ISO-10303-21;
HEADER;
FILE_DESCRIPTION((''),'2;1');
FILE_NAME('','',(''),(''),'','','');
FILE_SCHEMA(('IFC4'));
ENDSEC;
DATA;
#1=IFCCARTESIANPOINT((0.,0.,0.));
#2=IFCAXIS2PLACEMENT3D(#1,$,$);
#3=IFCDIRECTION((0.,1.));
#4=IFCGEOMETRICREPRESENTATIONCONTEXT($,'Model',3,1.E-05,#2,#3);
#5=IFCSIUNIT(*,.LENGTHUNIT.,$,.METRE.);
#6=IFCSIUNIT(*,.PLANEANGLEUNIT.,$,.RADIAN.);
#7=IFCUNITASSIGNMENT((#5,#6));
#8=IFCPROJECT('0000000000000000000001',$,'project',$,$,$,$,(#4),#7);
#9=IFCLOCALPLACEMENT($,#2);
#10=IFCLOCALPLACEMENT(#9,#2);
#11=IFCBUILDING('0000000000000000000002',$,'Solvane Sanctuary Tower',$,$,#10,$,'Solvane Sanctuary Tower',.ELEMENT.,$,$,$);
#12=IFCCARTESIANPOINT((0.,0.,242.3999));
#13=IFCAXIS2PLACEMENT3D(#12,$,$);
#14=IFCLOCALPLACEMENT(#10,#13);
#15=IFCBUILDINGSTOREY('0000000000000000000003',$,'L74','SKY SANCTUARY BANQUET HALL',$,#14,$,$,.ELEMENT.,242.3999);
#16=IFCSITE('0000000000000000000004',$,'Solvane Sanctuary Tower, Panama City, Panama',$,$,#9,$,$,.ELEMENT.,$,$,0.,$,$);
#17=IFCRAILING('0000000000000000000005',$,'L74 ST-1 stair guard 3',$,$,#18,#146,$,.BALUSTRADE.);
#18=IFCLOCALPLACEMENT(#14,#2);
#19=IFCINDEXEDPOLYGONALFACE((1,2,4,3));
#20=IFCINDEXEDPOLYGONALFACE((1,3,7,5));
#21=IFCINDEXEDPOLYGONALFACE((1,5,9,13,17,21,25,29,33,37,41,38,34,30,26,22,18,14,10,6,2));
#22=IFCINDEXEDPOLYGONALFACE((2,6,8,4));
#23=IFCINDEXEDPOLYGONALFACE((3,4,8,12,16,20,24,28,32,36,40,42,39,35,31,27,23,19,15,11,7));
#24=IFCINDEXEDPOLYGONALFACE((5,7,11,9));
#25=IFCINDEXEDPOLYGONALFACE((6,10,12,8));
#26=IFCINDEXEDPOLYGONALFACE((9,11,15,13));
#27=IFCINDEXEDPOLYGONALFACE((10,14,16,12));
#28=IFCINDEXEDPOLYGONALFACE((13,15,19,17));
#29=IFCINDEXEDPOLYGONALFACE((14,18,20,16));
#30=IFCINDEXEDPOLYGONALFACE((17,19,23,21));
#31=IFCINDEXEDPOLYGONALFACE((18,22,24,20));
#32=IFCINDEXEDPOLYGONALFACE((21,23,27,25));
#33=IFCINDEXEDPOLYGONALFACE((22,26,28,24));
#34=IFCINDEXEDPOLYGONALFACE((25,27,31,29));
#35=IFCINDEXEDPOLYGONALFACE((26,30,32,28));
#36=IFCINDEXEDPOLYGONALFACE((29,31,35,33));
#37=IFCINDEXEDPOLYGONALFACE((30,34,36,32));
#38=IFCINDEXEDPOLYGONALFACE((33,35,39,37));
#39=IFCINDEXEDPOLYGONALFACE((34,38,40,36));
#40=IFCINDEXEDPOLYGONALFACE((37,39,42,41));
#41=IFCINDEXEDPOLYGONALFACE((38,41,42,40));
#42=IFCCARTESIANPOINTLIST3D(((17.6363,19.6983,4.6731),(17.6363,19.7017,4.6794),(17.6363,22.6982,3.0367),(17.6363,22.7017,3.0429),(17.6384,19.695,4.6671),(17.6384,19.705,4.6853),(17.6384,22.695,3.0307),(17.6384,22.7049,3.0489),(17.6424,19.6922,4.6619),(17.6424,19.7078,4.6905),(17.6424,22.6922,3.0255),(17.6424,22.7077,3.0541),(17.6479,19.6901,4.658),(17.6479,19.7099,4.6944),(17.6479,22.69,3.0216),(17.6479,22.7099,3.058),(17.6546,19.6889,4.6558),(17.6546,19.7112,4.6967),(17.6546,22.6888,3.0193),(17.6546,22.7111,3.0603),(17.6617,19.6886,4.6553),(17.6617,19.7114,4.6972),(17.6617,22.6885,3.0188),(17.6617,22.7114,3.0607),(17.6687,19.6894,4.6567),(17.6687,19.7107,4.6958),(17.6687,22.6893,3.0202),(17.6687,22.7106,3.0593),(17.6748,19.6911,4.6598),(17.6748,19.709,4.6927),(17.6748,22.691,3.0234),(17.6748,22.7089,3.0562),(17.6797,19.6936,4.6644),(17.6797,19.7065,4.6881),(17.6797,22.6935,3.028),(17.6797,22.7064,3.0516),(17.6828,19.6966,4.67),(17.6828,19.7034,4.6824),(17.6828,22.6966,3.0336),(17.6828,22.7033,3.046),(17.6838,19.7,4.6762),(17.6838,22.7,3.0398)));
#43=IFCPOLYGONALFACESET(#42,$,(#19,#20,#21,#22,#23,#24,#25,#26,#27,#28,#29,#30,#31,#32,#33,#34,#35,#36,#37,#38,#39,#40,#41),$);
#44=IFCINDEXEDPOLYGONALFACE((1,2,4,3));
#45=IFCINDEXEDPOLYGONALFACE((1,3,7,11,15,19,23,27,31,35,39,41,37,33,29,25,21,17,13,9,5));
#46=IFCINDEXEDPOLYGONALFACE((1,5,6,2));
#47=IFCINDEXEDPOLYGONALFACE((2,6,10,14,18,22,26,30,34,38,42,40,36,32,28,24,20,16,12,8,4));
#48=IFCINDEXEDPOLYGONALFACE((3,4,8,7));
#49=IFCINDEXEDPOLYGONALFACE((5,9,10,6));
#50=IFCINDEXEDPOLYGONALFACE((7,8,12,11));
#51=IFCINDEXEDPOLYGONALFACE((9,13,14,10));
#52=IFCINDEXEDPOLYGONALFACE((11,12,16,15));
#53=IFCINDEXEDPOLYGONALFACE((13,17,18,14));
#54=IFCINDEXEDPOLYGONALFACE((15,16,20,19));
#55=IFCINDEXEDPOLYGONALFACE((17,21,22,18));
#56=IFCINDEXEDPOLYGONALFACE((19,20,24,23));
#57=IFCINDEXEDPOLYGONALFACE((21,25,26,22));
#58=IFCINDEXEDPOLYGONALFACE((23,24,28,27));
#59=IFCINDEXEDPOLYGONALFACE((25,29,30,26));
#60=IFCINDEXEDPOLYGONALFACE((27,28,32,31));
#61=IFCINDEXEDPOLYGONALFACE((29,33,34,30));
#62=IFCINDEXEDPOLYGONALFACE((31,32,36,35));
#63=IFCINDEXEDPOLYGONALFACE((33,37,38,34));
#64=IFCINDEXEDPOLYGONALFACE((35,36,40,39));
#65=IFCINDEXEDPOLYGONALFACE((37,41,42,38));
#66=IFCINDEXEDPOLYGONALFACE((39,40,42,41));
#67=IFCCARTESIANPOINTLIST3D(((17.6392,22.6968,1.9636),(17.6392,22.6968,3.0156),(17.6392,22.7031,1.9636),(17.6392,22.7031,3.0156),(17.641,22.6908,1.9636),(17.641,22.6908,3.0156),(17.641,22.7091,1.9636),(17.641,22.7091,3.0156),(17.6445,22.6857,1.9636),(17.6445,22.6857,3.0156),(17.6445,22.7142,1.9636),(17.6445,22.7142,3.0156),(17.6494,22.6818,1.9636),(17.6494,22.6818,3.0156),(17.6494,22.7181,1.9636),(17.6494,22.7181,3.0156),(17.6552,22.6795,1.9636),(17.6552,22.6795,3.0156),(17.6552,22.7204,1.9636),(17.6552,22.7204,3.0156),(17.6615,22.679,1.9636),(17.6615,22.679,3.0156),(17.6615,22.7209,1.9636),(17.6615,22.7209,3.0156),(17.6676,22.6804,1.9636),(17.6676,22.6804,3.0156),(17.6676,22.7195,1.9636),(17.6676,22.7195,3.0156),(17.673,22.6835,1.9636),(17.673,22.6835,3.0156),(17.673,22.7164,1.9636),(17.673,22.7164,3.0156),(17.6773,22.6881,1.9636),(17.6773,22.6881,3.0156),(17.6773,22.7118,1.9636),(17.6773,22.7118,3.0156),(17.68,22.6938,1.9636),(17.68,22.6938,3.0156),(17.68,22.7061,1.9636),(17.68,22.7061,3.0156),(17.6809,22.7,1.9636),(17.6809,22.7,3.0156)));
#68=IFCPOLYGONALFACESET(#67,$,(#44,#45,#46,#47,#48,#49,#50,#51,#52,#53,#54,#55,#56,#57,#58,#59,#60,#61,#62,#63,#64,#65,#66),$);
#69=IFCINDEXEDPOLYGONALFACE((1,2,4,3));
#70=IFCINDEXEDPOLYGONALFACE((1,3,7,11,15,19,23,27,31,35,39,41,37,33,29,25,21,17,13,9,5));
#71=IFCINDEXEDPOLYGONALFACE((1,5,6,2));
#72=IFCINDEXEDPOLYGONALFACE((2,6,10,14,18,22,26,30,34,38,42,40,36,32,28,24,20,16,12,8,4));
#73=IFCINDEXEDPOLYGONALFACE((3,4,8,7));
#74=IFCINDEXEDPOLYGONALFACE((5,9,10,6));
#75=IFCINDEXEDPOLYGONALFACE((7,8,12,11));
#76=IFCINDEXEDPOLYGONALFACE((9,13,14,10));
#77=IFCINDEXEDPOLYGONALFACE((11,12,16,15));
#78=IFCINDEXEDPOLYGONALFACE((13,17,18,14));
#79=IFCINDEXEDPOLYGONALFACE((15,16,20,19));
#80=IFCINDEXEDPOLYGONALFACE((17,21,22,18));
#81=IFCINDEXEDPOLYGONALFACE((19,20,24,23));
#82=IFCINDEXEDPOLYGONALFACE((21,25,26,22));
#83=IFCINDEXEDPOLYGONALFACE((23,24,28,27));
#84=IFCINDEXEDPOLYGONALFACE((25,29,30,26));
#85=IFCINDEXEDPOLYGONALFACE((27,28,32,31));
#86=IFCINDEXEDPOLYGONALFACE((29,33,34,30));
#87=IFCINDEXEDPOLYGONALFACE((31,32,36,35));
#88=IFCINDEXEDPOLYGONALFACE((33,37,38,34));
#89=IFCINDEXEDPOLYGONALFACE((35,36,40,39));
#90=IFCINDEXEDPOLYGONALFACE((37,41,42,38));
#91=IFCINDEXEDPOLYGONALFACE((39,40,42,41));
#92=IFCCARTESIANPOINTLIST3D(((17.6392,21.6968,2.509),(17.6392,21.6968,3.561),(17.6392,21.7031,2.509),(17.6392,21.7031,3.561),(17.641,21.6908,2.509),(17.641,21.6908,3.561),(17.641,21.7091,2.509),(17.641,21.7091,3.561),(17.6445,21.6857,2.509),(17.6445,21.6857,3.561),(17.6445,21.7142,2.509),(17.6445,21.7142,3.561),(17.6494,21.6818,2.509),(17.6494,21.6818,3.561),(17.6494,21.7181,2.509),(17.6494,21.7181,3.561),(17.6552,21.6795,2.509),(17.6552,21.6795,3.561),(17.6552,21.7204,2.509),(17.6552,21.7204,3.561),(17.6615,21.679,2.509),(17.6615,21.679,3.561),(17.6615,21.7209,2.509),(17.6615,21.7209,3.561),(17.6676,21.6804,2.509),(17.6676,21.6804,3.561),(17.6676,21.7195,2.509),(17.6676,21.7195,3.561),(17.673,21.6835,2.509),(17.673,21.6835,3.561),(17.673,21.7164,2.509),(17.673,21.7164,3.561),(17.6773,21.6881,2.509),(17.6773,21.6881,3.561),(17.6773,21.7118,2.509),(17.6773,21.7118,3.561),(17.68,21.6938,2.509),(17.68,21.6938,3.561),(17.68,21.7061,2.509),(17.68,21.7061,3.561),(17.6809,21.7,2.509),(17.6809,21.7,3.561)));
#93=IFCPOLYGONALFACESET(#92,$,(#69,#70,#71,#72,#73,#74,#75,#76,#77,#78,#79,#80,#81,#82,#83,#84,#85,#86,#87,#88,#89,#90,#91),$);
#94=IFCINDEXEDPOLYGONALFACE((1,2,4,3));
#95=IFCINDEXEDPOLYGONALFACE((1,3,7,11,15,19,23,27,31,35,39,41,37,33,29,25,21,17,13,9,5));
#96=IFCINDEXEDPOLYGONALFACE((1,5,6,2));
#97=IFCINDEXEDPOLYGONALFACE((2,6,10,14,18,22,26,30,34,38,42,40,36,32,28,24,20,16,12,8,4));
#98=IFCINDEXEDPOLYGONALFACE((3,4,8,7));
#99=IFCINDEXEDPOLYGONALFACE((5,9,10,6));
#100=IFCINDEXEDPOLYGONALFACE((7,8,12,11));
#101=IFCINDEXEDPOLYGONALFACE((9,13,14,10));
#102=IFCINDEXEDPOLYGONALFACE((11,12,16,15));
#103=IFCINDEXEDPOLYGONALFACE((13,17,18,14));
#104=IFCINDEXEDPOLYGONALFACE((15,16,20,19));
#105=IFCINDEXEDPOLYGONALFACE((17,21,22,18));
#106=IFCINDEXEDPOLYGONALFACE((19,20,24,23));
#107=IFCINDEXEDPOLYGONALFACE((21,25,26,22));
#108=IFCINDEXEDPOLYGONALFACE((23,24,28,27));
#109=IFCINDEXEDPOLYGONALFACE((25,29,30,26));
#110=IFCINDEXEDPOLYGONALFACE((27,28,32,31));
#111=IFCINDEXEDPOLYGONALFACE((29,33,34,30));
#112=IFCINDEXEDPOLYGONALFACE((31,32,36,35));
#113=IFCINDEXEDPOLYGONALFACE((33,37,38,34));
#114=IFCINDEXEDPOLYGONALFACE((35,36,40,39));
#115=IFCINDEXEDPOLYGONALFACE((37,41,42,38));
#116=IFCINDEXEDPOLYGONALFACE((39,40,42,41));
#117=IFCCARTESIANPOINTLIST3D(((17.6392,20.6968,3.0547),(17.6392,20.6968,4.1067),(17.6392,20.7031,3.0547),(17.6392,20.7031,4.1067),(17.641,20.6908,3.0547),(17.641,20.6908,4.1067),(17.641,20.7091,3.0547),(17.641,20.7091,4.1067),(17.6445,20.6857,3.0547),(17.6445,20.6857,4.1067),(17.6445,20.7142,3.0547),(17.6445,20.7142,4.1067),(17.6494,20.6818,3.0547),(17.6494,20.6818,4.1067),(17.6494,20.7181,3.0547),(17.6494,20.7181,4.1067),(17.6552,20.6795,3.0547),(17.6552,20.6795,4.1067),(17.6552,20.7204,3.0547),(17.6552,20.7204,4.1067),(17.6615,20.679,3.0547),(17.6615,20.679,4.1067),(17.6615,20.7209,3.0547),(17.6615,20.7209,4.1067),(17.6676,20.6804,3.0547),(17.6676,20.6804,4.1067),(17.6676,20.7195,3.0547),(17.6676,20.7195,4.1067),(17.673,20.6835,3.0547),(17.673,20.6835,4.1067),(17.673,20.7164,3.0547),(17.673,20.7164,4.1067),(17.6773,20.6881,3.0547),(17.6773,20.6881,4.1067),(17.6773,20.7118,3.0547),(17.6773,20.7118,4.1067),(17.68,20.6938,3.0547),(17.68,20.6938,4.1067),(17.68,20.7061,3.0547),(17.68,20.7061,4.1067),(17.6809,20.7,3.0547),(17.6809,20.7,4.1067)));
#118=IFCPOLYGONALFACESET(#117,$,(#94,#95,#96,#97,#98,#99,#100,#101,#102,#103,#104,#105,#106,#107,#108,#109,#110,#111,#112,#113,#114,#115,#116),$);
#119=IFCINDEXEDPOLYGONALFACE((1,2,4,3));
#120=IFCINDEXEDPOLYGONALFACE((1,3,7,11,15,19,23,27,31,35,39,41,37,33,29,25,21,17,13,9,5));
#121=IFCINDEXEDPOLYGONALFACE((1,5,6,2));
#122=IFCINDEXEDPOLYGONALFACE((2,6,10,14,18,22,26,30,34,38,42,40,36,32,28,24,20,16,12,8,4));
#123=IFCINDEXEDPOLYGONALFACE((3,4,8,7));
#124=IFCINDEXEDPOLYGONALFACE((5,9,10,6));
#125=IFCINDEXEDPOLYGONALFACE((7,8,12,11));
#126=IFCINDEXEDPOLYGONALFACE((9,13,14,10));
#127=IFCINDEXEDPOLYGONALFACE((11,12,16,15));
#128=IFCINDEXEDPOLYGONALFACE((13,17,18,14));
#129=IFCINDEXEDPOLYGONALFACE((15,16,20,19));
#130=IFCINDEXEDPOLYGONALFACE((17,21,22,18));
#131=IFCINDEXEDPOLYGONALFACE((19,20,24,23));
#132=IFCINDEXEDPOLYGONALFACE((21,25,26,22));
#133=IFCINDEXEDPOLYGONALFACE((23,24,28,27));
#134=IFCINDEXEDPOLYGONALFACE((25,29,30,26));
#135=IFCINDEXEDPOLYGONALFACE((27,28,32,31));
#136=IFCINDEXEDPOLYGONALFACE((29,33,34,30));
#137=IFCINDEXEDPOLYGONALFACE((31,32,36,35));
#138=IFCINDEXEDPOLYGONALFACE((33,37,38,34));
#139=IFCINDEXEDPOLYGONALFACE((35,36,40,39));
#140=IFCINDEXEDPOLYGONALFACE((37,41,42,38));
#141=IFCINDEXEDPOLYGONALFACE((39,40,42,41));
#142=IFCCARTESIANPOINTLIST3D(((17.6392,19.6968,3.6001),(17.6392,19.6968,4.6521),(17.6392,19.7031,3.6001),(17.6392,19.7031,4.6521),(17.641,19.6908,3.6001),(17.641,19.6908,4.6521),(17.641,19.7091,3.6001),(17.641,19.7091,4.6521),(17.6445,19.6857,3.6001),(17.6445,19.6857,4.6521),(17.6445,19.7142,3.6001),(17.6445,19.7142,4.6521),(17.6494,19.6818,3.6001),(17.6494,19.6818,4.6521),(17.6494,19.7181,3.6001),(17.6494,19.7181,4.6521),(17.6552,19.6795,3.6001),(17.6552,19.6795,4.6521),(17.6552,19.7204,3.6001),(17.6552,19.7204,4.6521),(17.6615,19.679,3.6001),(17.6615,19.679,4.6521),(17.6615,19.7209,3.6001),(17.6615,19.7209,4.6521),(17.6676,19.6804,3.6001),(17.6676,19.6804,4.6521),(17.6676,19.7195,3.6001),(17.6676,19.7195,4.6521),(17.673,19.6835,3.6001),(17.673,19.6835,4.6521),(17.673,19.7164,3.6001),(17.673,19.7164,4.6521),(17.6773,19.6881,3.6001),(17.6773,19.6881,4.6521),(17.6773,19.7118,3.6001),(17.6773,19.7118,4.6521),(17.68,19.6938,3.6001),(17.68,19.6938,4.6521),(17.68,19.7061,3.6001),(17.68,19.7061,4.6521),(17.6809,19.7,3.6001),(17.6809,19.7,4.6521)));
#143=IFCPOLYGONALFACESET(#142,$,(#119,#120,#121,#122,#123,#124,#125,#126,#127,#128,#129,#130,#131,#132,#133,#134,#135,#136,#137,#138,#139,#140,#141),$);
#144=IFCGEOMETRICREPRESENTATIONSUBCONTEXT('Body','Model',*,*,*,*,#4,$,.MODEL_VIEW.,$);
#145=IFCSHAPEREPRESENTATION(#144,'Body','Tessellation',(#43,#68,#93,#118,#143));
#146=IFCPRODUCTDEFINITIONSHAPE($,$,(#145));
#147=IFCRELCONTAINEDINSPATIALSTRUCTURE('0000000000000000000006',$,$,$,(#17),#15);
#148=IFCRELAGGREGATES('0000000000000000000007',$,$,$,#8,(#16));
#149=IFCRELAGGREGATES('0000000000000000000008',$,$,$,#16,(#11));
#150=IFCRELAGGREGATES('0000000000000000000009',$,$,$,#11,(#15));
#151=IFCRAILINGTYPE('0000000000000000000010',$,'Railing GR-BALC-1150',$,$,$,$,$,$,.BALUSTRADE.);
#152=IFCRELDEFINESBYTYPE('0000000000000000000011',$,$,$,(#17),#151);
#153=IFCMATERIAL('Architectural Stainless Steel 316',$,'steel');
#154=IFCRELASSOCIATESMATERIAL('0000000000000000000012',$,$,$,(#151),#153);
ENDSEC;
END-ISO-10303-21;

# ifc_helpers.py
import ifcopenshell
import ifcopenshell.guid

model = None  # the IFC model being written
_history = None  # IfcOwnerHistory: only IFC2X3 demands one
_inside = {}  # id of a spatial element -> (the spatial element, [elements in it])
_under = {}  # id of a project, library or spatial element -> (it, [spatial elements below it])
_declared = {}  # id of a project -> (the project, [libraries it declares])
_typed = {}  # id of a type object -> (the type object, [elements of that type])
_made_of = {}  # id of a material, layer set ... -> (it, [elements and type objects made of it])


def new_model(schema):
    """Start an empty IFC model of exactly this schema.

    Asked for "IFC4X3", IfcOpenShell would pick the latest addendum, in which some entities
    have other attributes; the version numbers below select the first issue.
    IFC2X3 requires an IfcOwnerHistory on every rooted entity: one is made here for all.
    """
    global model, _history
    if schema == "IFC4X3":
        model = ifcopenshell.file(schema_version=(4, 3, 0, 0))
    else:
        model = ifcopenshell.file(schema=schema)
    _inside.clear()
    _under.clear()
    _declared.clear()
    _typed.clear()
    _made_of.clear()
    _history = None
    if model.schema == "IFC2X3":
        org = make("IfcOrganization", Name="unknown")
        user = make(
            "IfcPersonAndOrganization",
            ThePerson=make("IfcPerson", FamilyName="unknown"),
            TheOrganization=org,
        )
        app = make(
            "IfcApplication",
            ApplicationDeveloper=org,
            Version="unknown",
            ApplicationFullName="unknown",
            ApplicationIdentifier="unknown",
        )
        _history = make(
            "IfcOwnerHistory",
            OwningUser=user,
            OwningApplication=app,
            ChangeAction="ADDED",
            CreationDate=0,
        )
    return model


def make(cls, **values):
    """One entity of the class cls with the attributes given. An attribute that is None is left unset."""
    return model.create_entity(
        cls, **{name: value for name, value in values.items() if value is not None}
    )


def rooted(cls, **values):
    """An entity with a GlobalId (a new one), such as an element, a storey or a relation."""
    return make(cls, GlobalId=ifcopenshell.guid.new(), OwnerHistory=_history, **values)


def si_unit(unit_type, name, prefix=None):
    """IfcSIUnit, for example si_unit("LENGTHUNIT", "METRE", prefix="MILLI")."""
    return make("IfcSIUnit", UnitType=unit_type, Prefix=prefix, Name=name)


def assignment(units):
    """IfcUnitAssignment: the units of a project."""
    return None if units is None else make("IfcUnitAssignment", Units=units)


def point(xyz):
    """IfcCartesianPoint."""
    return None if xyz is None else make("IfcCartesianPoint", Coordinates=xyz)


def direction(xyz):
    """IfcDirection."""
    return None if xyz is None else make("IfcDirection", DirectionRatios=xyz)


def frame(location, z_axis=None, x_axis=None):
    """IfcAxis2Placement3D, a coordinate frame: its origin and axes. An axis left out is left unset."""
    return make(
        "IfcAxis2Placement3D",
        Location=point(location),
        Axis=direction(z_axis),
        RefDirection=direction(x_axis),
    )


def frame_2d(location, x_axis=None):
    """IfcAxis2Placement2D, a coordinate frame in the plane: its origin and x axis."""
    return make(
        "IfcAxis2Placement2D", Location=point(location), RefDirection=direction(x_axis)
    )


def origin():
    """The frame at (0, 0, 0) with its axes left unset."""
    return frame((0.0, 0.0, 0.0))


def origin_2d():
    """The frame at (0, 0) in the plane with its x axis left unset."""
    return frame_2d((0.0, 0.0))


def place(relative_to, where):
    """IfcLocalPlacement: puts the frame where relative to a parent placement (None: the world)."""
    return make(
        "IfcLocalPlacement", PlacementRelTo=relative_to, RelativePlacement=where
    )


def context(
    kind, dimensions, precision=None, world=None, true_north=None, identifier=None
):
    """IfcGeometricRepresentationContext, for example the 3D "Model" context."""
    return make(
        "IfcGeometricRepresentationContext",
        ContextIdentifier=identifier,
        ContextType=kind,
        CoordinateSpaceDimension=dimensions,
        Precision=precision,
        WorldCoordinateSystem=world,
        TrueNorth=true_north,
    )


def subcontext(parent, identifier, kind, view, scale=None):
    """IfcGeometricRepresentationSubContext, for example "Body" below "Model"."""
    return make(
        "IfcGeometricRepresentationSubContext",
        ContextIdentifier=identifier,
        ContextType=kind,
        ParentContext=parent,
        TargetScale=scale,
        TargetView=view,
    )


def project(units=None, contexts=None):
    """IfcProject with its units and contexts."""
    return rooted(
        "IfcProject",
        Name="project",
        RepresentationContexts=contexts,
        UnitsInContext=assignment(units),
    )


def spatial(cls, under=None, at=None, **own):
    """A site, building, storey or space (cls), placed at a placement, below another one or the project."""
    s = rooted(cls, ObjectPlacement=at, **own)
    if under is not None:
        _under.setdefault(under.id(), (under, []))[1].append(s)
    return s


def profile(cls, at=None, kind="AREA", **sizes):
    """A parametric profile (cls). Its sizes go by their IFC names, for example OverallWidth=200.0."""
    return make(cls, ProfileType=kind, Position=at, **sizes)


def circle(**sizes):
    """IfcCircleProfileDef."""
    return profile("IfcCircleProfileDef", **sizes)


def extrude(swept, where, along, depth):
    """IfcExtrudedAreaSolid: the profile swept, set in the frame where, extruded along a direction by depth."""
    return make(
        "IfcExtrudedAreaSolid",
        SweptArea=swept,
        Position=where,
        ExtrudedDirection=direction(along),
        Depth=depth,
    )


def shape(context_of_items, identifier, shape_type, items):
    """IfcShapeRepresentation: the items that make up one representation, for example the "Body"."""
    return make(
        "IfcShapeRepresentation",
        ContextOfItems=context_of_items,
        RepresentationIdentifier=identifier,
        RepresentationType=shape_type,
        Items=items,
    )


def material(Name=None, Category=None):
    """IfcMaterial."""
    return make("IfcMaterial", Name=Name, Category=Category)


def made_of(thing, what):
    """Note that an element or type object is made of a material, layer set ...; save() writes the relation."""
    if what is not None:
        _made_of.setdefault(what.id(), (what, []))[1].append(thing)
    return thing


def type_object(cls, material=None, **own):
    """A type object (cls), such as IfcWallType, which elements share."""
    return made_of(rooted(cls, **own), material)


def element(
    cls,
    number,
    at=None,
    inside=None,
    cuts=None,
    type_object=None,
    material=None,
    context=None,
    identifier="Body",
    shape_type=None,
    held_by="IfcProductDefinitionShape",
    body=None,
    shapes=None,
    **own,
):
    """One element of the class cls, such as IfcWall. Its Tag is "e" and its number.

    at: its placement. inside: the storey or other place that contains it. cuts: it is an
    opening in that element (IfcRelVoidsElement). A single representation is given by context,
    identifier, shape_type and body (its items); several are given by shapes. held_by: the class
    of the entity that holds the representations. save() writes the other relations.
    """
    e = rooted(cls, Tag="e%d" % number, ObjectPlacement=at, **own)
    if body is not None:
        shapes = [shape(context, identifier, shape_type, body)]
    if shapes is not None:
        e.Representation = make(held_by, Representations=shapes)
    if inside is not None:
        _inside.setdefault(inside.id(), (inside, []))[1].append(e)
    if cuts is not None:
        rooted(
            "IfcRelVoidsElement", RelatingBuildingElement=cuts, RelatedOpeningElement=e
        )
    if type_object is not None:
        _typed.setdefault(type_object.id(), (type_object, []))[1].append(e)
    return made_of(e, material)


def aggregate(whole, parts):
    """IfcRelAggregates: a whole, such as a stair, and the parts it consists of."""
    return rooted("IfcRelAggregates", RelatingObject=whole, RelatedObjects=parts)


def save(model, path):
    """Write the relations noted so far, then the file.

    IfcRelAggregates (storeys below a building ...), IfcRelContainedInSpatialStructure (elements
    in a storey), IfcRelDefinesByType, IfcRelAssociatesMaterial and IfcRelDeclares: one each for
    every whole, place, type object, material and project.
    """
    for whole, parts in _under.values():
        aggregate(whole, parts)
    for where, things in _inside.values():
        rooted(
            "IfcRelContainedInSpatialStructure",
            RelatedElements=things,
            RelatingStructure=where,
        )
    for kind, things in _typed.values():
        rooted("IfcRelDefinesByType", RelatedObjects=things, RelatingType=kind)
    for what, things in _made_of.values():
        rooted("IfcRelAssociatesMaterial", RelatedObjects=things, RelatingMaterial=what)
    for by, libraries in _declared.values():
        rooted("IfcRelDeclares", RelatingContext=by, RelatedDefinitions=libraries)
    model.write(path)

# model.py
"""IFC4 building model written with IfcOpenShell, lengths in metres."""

from ifc_helpers import new_model, si_unit, direction, frame, origin, origin_2d, place, context, subcontext, project, spatial, circle, extrude, material, type_object, element, save


model = new_model("IFC4")

# Units and contexts
model_context = context("Model", 3, precision=1e-05, world=origin(), true_north=direction((0.0, 1.0)))
body_context = subcontext(model_context, "Body", "Model", "MODEL_VIEW")
ifc_project = project(units=[si_unit("LENGTHUNIT", "METRE"), si_unit("PLANEANGLEUNIT", "RADIAN")], contexts=[model_context])

# Site, building, storey
site_placement = place(None, origin())
site = spatial("IfcSite", under=ifc_project, at=site_placement, Name="Solvane Sanctuary Tower, Panama City, Panama", CompositionType="ELEMENT", RefElevation=0.0)
building_placement = place(site_placement, origin())
building = spatial("IfcBuilding", under=site, at=building_placement, Name="Solvane Sanctuary Tower", LongName="Solvane Sanctuary Tower", CompositionType="ELEMENT")
storey_placement = place(building_placement, frame((0.0, 0.0, 242.3999)))
storey = spatial("IfcBuildingStorey", under=building, at=storey_placement, Name="L74", Description="SKY SANCTUARY BANQUET HALL", CompositionType="ELEMENT", Elevation=242.3999)

# Shared definitions
ifc_material_1 = material(Name="Architectural Stainless Steel 316", Category="steel")

# Railing
railing_type = type_object("IfcRailingType", Name="Railing GR-BALC-1150", PredefinedType="BALUSTRADE", material=ifc_material_1)
railing_1_placement = place(storey_placement, frame((17.6599, 22.7, 1.9636)))
element("IfcRailing", 1, at=railing_1_placement, inside=storey, type_object=railing_type, Name="L74 ST-1 stair guard 3", PredefinedType="BALUSTRADE", context=body_context, shape_type="SweptSolid", body=[
    extrude(circle(Radius=0.0239, at=origin_2d()), frame((0.0, 0.0, 1.0762), z_axis=(0.0, -0.877882, 0.478877), x_axis=(1.0, 0.0, 0.0)), (0.0, 0.0, 1.0), 3.4172),
    extrude(circle(Radius=0.021, at=origin_2d()), origin(), (0.0, 0.0, 1.0), 1.052),
    extrude(circle(Radius=0.021, at=origin_2d()), frame((0.0, -1.0, 0.5454)), (0.0, 0.0, 1.0), 1.052),
    extrude(circle(Radius=0.021, at=origin_2d()), frame((0.0, -2.0, 1.0911)), (0.0, 0.0, 1.0), 1.052),
    extrude(circle(Radius=0.021, at=origin_2d()), frame((0.0, -3.0, 1.6365)), (0.0, 0.0, 1.0), 1.052),
])

save(model, "model.ifc")
